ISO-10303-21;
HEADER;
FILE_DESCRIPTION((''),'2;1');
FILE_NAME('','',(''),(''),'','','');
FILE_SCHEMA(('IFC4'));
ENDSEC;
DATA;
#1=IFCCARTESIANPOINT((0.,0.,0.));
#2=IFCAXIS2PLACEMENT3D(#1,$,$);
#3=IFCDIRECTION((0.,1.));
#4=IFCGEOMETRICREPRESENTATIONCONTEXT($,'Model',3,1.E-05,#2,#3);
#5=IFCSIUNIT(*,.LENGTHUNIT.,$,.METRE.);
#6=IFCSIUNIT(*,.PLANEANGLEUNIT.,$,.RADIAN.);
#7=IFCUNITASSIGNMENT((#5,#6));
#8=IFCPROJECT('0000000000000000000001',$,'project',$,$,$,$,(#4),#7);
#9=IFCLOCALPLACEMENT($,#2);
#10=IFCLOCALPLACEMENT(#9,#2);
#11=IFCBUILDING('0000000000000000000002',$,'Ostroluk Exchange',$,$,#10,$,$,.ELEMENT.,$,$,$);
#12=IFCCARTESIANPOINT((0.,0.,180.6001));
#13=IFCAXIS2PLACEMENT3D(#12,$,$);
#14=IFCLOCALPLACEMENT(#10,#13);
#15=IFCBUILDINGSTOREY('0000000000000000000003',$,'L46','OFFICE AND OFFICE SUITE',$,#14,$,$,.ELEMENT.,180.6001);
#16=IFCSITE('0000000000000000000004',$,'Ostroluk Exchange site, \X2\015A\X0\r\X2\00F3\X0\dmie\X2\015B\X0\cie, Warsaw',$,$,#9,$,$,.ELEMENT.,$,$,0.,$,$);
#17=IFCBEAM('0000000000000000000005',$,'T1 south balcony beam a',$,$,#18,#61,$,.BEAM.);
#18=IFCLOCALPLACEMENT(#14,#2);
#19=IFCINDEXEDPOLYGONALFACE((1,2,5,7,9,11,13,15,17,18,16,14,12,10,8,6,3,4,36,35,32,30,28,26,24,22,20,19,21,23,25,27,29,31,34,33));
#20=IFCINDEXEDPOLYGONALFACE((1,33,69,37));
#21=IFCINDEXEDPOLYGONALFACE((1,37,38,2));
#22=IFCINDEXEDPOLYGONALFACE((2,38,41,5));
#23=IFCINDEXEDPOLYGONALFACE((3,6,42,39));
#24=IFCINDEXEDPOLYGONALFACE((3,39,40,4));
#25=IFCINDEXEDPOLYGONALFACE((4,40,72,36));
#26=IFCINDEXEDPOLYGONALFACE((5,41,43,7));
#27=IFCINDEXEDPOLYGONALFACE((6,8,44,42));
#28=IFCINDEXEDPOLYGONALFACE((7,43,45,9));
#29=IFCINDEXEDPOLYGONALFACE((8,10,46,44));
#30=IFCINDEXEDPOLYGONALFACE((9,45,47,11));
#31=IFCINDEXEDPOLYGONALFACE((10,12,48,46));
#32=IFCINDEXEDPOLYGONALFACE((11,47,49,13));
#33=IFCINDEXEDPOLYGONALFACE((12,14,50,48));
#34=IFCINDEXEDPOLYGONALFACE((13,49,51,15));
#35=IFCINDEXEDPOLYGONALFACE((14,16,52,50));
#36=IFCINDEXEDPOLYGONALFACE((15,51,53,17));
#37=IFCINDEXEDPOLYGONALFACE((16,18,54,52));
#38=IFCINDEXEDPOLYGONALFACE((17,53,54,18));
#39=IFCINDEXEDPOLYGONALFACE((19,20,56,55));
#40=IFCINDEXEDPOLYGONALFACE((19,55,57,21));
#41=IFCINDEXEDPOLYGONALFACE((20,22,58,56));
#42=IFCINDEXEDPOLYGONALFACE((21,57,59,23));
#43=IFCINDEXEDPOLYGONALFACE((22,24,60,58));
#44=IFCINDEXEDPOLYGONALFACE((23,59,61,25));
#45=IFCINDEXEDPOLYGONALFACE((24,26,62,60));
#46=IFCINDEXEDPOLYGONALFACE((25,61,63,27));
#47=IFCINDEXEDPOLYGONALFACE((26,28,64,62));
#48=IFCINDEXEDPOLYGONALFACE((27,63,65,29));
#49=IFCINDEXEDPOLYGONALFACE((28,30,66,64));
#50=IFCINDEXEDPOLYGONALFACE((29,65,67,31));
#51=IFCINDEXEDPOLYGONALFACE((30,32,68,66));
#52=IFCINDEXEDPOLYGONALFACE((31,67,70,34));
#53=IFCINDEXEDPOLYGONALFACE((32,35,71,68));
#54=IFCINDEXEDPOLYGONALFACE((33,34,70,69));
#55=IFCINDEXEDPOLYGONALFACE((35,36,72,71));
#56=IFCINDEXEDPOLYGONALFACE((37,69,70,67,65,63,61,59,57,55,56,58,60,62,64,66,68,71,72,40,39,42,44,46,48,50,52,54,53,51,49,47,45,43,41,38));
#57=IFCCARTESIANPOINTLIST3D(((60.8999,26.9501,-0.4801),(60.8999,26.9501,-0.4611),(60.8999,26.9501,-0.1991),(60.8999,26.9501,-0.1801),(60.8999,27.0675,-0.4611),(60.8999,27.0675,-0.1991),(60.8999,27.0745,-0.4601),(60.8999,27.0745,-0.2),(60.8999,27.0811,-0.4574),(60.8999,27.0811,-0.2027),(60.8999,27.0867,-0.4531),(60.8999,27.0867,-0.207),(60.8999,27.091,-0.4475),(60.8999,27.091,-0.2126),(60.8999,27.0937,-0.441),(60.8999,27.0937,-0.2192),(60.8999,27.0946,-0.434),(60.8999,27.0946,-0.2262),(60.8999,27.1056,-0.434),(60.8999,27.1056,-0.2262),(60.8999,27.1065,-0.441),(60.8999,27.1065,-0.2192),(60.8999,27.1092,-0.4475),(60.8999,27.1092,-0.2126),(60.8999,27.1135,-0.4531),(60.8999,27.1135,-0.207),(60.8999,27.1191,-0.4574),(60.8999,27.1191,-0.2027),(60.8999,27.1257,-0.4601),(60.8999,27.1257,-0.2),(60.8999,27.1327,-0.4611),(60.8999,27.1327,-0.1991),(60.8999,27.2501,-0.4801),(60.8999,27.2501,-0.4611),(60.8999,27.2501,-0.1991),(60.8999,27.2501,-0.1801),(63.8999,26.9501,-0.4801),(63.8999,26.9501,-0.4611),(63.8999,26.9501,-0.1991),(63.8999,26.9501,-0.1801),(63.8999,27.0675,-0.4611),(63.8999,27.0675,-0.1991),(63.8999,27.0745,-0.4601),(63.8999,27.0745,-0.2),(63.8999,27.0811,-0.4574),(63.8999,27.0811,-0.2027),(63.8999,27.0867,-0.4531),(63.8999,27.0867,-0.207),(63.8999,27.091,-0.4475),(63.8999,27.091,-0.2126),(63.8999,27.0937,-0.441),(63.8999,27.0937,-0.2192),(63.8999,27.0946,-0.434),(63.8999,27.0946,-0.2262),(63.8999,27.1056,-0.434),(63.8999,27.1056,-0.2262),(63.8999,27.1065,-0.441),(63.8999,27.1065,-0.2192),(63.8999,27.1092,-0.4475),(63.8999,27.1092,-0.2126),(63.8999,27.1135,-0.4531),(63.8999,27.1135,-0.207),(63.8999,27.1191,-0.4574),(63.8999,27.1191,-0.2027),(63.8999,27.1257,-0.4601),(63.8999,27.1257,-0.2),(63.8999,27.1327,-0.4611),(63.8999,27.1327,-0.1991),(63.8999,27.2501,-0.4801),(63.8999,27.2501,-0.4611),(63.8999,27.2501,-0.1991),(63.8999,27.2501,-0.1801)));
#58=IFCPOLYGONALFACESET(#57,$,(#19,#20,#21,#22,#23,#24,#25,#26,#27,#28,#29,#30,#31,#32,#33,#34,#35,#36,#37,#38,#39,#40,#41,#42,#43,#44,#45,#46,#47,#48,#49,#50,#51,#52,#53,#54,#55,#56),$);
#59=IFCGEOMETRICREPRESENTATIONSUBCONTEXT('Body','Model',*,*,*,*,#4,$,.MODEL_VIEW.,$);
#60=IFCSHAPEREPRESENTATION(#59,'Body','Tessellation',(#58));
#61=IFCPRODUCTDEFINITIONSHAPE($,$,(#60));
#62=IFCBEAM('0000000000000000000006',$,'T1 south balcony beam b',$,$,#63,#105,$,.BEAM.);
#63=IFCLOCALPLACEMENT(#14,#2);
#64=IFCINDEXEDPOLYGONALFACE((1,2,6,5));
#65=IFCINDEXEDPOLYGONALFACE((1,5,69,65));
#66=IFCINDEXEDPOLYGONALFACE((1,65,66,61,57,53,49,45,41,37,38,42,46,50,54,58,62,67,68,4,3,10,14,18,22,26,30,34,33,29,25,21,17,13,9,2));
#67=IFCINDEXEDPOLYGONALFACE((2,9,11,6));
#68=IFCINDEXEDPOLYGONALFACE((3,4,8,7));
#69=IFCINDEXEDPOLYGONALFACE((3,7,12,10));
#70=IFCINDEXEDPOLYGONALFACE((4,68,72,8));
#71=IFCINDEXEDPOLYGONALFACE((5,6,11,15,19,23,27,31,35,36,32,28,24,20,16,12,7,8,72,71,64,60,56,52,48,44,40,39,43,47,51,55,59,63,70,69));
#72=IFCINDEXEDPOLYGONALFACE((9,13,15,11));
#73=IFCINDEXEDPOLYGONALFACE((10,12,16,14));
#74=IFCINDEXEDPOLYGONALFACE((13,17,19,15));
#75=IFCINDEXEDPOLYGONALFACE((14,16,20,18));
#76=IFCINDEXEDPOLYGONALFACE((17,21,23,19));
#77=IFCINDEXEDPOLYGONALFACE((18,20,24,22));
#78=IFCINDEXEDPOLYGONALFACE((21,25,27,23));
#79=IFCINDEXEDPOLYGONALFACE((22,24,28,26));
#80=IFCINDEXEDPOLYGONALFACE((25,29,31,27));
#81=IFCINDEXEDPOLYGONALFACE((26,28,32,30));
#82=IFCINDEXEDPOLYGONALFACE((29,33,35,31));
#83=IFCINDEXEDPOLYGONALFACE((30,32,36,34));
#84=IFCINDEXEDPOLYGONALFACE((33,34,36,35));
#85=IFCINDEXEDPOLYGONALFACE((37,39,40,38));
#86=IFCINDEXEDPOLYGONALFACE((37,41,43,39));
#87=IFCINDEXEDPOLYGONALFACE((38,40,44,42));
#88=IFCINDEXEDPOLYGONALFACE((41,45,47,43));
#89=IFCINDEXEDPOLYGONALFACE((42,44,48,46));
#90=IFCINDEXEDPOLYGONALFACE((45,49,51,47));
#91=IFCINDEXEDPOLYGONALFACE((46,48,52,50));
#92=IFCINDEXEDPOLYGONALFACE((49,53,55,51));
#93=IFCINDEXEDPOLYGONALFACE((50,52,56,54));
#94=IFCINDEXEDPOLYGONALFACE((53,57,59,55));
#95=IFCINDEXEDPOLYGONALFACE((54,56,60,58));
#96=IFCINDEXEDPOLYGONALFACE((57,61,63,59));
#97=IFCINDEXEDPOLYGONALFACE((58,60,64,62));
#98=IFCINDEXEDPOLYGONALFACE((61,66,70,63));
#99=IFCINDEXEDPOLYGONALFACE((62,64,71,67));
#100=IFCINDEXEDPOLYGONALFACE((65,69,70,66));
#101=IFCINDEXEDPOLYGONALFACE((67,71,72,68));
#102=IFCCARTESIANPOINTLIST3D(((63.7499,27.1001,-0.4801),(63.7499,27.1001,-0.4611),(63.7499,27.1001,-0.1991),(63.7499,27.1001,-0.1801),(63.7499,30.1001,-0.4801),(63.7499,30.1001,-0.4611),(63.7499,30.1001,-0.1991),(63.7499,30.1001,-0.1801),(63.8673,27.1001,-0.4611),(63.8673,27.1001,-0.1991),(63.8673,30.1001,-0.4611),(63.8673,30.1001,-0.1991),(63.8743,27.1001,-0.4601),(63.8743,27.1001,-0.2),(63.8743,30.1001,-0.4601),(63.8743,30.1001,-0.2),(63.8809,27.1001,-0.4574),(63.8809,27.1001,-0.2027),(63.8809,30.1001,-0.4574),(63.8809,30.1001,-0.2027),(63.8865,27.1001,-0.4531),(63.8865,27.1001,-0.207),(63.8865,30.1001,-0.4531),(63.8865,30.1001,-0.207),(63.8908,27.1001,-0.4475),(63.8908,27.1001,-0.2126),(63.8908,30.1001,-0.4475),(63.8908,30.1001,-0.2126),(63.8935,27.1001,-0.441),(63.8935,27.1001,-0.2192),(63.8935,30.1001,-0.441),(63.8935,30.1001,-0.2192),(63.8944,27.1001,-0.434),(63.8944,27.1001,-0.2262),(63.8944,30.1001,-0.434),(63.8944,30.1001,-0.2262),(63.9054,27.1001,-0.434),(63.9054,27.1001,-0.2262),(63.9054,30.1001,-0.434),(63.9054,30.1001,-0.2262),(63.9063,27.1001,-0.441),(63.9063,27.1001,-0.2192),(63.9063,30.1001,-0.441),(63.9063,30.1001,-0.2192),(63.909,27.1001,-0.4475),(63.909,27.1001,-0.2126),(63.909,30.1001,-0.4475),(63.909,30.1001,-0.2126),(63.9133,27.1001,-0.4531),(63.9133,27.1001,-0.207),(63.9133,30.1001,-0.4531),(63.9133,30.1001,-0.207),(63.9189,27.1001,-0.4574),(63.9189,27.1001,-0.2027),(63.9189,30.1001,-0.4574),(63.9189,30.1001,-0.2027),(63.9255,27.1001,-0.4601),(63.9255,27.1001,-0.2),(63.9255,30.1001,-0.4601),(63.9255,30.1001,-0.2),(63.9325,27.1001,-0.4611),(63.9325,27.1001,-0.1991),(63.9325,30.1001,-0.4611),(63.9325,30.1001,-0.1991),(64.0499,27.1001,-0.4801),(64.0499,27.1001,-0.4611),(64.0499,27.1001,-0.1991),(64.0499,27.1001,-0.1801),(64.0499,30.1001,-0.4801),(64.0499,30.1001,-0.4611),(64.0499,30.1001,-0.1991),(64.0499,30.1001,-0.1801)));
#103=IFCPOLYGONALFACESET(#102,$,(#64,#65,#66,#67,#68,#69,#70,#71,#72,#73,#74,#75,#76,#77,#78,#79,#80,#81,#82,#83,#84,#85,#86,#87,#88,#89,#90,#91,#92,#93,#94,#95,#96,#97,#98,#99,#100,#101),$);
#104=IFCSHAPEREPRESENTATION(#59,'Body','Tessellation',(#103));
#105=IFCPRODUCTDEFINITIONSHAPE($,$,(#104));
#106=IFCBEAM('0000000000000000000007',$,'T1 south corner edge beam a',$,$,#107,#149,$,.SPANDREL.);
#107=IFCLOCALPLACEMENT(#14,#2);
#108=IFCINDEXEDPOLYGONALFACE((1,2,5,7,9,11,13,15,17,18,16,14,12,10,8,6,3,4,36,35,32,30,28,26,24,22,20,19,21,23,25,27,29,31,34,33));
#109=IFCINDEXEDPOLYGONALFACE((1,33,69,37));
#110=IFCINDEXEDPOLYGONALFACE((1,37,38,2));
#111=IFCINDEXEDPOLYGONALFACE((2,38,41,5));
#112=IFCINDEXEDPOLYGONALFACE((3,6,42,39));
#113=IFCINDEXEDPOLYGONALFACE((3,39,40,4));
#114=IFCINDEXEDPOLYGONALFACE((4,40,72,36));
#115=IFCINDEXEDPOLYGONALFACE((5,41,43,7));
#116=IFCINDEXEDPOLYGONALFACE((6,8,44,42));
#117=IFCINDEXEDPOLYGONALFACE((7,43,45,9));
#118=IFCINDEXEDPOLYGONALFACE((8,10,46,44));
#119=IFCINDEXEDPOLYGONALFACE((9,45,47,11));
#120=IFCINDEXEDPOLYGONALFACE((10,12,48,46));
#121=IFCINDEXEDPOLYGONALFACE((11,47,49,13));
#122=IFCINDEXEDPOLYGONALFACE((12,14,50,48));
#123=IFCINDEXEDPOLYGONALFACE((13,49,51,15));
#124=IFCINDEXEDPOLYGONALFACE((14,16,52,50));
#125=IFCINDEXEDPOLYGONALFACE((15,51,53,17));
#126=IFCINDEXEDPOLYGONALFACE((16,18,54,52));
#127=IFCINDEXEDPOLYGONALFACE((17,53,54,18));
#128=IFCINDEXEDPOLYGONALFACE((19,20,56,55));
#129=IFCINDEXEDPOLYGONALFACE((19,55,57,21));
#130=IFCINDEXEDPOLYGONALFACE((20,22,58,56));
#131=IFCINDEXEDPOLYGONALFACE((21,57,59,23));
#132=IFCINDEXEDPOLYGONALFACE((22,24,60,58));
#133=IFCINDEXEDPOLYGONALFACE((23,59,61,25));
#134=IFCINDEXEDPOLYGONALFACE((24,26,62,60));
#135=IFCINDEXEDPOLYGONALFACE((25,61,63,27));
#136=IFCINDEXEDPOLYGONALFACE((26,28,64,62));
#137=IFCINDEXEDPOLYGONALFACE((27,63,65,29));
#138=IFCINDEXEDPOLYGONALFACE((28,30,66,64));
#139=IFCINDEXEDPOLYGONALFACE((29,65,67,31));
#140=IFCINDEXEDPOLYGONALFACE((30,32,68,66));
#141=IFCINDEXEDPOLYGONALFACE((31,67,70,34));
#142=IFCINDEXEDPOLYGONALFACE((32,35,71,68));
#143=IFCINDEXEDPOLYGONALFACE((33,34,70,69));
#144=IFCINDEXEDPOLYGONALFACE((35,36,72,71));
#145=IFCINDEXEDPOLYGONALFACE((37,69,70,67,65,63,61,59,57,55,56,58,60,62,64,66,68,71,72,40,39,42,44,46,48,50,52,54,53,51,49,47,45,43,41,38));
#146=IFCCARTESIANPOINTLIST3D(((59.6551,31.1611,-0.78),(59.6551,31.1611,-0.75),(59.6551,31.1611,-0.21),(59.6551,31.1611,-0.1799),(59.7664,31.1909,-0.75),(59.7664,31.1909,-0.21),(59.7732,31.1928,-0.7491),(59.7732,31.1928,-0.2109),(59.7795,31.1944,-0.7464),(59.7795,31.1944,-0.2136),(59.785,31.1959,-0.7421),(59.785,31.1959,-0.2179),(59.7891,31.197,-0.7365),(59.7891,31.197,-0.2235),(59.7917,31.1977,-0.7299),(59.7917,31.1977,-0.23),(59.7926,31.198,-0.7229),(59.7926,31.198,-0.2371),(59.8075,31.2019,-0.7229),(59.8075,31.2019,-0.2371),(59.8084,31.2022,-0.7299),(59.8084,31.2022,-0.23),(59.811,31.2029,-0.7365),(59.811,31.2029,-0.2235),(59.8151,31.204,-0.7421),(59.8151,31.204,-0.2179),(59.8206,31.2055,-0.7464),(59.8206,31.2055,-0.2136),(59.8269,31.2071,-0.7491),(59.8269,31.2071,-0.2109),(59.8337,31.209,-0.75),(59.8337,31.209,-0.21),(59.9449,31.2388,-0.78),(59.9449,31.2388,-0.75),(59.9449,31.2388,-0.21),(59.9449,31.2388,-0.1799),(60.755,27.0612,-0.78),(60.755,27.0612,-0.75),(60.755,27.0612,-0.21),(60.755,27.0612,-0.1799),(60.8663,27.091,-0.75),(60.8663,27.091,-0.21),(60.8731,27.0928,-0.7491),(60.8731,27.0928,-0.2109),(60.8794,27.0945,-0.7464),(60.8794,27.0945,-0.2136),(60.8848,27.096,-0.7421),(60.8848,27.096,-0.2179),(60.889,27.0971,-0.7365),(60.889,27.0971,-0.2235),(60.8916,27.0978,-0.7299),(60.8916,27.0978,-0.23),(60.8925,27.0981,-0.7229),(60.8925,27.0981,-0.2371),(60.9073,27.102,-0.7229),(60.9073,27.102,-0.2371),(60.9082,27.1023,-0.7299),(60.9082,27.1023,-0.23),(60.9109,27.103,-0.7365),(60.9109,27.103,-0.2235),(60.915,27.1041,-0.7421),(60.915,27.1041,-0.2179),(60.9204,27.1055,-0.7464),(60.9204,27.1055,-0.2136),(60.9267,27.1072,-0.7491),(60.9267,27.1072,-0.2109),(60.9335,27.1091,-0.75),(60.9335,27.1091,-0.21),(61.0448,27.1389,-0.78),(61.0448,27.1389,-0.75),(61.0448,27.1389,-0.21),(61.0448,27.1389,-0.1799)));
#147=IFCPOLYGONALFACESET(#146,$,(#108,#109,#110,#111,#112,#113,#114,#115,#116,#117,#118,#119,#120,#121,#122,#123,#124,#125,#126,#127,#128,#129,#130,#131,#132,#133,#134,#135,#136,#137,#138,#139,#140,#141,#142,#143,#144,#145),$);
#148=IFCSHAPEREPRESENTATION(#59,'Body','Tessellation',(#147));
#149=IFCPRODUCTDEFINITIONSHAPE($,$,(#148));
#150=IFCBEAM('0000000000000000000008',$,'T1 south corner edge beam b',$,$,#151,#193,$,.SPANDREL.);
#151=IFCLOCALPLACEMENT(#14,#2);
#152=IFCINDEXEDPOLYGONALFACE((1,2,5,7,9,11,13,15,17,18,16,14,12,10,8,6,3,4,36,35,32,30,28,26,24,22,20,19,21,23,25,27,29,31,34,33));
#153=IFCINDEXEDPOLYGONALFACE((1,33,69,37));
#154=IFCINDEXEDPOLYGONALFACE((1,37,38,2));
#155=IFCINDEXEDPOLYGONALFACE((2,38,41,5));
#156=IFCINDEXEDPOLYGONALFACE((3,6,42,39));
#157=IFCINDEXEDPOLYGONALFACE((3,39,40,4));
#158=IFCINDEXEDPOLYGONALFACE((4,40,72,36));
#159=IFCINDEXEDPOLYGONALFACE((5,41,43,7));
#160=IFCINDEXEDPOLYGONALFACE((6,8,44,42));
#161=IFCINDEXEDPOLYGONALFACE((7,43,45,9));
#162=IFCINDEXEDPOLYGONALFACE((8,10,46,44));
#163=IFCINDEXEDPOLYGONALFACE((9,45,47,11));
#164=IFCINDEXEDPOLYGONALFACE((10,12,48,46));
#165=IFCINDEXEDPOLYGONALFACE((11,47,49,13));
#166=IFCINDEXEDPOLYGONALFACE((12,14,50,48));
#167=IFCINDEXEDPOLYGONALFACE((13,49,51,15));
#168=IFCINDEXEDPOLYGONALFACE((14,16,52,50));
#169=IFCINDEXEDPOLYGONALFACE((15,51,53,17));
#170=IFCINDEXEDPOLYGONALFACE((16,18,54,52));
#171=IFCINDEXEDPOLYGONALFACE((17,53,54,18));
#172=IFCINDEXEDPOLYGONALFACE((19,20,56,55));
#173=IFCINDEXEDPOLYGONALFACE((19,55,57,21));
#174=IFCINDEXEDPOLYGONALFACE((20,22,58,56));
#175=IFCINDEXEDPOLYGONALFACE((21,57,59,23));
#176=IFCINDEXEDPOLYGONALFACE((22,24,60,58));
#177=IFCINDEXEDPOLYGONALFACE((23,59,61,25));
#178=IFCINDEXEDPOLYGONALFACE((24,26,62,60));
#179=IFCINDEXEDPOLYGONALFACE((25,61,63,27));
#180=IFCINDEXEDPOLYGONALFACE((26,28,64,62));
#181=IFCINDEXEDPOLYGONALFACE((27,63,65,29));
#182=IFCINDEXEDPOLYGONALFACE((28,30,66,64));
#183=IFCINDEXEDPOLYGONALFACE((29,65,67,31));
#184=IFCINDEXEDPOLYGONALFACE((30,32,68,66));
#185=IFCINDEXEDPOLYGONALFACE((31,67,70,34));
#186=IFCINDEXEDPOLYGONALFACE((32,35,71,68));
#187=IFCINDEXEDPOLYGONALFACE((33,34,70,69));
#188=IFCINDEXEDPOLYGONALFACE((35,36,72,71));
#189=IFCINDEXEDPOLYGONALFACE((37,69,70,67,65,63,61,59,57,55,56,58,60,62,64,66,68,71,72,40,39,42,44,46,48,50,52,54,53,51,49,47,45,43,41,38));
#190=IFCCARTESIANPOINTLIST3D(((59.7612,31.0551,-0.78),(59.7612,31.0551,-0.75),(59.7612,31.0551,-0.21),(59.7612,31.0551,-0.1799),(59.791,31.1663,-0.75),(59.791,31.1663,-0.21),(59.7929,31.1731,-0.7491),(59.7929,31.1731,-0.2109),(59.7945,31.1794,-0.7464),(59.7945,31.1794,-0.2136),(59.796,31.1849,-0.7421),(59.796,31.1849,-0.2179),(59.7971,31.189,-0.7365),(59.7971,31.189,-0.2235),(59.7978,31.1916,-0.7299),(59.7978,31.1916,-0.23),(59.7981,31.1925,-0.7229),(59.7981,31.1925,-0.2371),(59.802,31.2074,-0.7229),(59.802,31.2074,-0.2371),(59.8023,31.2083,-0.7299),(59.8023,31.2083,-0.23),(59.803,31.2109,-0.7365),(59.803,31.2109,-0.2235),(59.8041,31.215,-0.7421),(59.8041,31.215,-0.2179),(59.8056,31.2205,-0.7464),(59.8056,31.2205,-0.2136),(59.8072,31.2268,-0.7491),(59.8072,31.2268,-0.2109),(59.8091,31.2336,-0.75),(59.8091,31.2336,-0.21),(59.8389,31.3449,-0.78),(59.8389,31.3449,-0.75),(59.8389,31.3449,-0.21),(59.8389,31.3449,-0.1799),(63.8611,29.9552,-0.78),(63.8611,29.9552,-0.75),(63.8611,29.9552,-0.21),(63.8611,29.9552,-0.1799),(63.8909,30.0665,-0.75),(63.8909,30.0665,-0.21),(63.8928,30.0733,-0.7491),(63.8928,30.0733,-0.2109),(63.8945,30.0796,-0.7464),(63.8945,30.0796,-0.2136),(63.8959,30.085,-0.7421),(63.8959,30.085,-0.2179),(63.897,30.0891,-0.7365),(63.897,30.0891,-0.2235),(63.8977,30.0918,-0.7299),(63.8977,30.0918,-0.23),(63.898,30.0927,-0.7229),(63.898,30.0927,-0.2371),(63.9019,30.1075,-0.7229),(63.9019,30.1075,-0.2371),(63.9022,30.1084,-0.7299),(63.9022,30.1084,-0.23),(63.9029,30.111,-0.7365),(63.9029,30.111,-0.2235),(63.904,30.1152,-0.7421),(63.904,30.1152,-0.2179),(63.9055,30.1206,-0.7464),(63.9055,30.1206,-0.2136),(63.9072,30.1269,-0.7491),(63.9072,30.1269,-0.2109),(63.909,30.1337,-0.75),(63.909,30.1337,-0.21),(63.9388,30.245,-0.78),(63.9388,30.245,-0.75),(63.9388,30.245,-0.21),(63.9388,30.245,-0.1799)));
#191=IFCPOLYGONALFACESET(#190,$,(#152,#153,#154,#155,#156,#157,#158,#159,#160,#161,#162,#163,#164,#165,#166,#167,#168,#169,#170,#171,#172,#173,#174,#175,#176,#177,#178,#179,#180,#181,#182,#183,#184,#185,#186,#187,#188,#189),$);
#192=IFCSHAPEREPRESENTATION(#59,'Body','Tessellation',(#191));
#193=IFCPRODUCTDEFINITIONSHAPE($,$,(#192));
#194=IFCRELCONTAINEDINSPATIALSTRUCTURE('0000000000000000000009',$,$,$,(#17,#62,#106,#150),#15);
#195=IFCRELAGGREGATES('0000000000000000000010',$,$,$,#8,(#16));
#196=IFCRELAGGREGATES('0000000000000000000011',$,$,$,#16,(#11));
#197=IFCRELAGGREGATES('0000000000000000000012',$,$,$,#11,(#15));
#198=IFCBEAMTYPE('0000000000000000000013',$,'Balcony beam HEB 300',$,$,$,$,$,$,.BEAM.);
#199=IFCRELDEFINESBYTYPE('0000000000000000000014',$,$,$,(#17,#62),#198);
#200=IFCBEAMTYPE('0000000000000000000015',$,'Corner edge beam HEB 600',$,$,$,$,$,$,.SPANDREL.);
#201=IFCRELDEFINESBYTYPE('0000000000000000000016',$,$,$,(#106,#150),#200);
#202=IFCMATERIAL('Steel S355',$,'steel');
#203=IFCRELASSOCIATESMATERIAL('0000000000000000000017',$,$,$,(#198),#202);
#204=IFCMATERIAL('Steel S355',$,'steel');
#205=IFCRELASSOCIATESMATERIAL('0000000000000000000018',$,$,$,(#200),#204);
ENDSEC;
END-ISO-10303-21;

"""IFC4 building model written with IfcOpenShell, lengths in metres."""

from ifc_helpers import new_model, si_unit, direction, frame, origin, origin_2d, place, context, subcontext, project, spatial, i_section, extrude, material, material_profile, profile_set, type_object, element, save


model = new_model("IFC4")

# Units and contexts
model_context = context("Model", 3, precision=1e-05, world=origin(), true_north=direction((0.0, 1.0)))
body_context = subcontext(model_context, "Body", "Model", "MODEL_VIEW")
ifc_project = project(units=[si_unit("LENGTHUNIT", "METRE"), si_unit("PLANEANGLEUNIT", "RADIAN")], contexts=[model_context])

# Site, building, storey
site_placement = place(None, origin())
site = spatial("IfcSite", under=ifc_project, at=site_placement, Name="Ostroluk Exchange site, Śródmieście, Warsaw", CompositionType="ELEMENT", RefElevation=0.0)
building_placement = place(site_placement, origin())
building = spatial("IfcBuilding", under=site, at=building_placement, Name="Ostroluk Exchange", CompositionType="ELEMENT")
storey_placement = place(building_placement, frame((0.0, 0.0, 180.6001)))
storey = spatial("IfcBuildingStorey", under=building, at=storey_placement, Name="L46", Description="OFFICE AND OFFICE SUITE", CompositionType="ELEMENT", Elevation=180.6001)

# Beams
ifc_material_1 = material(Name="Steel S355", Category="steel")
ifc_material_profile_1 = material_profile(ifc_material_1, i_section(OverallWidth=0.3, OverallDepth=0.3, WebThickness=0.011, FlangeThickness=0.019, FilletRadius=0.0271, at=origin_2d()), Name="HEB 300")
ifc_profile_set_1 = profile_set([ifc_material_profile_1], Name="Steel S355")
beam_type_1 = type_object("IfcBeamType", Name="Balcony beam HEB 300", PredefinedType="BEAM", material=ifc_profile_set_1)
for number, where, z_axis, x_axis, name in (
    (1, (60.8999, 27.1001, -0.3301), (1.0, 0.0, 0.0), (0.0, 1.0, 0.0), "T1 south balcony beam a"),
    (2, (63.8999, 30.1001, -0.3301), (0.0, -1.0, 0.0), (1.0, 0.0, 0.0), "T1 south balcony beam b"),
):
    element("IfcBeam", number, at=place(storey_placement, frame(where, z_axis=z_axis, x_axis=x_axis)), inside=storey, type_object=beam_type_1, Name=name, PredefinedType="BEAM", context=body_context, shape_type="SweptSolid", body=[
        extrude(i_section(OverallWidth=0.3, OverallDepth=0.3, WebThickness=0.011, FlangeThickness=0.019, FilletRadius=0.0271, at=origin_2d()), origin(), (0.0, 0.0, 1.0), 3.0),
    ])
ifc_material_2 = material(Name="Steel S355", Category="steel")
ifc_material_profile_2 = material_profile(ifc_material_2, i_section(OverallWidth=0.3, OverallDepth=0.6001, WebThickness=0.0154, FlangeThickness=0.03, FilletRadius=0.0271, at=origin_2d()), Name="HEB 600")
ifc_profile_set_2 = profile_set([ifc_material_profile_2], Name="Steel S355")
beam_type_2 = type_object("IfcBeamType", Name="Corner edge beam HEB 600", PredefinedType="SPANDREL", material=ifc_profile_set_2)
for number, where, z_axis, x_axis, name in (
    (3, (59.8, 31.2, -0.48), (0.259105, -0.965849, 0.0), (0.965849, 0.259105, 0.0), "T1 south corner edge beam a"),
    (4, (59.8, 31.2, -0.48), (0.965849, -0.259105, 0.0), (0.259105, 0.965849, 0.0), "T1 south corner edge beam b"),
):
    element("IfcBeam", number, at=place(storey_placement, frame(where, z_axis=z_axis, x_axis=x_axis)), inside=storey, type_object=beam_type_2, Name=name, PredefinedType="SPANDREL", context=body_context, shape_type="SweptSolid", body=[
        extrude(i_section(OverallWidth=0.3, OverallDepth=0.6001, WebThickness=0.0154, FlangeThickness=0.03, FilletRadius=0.0271, at=origin_2d()), origin(), (0.0, 0.0, 1.0), 4.2449),
    ])

save(model, "model.ifc")
